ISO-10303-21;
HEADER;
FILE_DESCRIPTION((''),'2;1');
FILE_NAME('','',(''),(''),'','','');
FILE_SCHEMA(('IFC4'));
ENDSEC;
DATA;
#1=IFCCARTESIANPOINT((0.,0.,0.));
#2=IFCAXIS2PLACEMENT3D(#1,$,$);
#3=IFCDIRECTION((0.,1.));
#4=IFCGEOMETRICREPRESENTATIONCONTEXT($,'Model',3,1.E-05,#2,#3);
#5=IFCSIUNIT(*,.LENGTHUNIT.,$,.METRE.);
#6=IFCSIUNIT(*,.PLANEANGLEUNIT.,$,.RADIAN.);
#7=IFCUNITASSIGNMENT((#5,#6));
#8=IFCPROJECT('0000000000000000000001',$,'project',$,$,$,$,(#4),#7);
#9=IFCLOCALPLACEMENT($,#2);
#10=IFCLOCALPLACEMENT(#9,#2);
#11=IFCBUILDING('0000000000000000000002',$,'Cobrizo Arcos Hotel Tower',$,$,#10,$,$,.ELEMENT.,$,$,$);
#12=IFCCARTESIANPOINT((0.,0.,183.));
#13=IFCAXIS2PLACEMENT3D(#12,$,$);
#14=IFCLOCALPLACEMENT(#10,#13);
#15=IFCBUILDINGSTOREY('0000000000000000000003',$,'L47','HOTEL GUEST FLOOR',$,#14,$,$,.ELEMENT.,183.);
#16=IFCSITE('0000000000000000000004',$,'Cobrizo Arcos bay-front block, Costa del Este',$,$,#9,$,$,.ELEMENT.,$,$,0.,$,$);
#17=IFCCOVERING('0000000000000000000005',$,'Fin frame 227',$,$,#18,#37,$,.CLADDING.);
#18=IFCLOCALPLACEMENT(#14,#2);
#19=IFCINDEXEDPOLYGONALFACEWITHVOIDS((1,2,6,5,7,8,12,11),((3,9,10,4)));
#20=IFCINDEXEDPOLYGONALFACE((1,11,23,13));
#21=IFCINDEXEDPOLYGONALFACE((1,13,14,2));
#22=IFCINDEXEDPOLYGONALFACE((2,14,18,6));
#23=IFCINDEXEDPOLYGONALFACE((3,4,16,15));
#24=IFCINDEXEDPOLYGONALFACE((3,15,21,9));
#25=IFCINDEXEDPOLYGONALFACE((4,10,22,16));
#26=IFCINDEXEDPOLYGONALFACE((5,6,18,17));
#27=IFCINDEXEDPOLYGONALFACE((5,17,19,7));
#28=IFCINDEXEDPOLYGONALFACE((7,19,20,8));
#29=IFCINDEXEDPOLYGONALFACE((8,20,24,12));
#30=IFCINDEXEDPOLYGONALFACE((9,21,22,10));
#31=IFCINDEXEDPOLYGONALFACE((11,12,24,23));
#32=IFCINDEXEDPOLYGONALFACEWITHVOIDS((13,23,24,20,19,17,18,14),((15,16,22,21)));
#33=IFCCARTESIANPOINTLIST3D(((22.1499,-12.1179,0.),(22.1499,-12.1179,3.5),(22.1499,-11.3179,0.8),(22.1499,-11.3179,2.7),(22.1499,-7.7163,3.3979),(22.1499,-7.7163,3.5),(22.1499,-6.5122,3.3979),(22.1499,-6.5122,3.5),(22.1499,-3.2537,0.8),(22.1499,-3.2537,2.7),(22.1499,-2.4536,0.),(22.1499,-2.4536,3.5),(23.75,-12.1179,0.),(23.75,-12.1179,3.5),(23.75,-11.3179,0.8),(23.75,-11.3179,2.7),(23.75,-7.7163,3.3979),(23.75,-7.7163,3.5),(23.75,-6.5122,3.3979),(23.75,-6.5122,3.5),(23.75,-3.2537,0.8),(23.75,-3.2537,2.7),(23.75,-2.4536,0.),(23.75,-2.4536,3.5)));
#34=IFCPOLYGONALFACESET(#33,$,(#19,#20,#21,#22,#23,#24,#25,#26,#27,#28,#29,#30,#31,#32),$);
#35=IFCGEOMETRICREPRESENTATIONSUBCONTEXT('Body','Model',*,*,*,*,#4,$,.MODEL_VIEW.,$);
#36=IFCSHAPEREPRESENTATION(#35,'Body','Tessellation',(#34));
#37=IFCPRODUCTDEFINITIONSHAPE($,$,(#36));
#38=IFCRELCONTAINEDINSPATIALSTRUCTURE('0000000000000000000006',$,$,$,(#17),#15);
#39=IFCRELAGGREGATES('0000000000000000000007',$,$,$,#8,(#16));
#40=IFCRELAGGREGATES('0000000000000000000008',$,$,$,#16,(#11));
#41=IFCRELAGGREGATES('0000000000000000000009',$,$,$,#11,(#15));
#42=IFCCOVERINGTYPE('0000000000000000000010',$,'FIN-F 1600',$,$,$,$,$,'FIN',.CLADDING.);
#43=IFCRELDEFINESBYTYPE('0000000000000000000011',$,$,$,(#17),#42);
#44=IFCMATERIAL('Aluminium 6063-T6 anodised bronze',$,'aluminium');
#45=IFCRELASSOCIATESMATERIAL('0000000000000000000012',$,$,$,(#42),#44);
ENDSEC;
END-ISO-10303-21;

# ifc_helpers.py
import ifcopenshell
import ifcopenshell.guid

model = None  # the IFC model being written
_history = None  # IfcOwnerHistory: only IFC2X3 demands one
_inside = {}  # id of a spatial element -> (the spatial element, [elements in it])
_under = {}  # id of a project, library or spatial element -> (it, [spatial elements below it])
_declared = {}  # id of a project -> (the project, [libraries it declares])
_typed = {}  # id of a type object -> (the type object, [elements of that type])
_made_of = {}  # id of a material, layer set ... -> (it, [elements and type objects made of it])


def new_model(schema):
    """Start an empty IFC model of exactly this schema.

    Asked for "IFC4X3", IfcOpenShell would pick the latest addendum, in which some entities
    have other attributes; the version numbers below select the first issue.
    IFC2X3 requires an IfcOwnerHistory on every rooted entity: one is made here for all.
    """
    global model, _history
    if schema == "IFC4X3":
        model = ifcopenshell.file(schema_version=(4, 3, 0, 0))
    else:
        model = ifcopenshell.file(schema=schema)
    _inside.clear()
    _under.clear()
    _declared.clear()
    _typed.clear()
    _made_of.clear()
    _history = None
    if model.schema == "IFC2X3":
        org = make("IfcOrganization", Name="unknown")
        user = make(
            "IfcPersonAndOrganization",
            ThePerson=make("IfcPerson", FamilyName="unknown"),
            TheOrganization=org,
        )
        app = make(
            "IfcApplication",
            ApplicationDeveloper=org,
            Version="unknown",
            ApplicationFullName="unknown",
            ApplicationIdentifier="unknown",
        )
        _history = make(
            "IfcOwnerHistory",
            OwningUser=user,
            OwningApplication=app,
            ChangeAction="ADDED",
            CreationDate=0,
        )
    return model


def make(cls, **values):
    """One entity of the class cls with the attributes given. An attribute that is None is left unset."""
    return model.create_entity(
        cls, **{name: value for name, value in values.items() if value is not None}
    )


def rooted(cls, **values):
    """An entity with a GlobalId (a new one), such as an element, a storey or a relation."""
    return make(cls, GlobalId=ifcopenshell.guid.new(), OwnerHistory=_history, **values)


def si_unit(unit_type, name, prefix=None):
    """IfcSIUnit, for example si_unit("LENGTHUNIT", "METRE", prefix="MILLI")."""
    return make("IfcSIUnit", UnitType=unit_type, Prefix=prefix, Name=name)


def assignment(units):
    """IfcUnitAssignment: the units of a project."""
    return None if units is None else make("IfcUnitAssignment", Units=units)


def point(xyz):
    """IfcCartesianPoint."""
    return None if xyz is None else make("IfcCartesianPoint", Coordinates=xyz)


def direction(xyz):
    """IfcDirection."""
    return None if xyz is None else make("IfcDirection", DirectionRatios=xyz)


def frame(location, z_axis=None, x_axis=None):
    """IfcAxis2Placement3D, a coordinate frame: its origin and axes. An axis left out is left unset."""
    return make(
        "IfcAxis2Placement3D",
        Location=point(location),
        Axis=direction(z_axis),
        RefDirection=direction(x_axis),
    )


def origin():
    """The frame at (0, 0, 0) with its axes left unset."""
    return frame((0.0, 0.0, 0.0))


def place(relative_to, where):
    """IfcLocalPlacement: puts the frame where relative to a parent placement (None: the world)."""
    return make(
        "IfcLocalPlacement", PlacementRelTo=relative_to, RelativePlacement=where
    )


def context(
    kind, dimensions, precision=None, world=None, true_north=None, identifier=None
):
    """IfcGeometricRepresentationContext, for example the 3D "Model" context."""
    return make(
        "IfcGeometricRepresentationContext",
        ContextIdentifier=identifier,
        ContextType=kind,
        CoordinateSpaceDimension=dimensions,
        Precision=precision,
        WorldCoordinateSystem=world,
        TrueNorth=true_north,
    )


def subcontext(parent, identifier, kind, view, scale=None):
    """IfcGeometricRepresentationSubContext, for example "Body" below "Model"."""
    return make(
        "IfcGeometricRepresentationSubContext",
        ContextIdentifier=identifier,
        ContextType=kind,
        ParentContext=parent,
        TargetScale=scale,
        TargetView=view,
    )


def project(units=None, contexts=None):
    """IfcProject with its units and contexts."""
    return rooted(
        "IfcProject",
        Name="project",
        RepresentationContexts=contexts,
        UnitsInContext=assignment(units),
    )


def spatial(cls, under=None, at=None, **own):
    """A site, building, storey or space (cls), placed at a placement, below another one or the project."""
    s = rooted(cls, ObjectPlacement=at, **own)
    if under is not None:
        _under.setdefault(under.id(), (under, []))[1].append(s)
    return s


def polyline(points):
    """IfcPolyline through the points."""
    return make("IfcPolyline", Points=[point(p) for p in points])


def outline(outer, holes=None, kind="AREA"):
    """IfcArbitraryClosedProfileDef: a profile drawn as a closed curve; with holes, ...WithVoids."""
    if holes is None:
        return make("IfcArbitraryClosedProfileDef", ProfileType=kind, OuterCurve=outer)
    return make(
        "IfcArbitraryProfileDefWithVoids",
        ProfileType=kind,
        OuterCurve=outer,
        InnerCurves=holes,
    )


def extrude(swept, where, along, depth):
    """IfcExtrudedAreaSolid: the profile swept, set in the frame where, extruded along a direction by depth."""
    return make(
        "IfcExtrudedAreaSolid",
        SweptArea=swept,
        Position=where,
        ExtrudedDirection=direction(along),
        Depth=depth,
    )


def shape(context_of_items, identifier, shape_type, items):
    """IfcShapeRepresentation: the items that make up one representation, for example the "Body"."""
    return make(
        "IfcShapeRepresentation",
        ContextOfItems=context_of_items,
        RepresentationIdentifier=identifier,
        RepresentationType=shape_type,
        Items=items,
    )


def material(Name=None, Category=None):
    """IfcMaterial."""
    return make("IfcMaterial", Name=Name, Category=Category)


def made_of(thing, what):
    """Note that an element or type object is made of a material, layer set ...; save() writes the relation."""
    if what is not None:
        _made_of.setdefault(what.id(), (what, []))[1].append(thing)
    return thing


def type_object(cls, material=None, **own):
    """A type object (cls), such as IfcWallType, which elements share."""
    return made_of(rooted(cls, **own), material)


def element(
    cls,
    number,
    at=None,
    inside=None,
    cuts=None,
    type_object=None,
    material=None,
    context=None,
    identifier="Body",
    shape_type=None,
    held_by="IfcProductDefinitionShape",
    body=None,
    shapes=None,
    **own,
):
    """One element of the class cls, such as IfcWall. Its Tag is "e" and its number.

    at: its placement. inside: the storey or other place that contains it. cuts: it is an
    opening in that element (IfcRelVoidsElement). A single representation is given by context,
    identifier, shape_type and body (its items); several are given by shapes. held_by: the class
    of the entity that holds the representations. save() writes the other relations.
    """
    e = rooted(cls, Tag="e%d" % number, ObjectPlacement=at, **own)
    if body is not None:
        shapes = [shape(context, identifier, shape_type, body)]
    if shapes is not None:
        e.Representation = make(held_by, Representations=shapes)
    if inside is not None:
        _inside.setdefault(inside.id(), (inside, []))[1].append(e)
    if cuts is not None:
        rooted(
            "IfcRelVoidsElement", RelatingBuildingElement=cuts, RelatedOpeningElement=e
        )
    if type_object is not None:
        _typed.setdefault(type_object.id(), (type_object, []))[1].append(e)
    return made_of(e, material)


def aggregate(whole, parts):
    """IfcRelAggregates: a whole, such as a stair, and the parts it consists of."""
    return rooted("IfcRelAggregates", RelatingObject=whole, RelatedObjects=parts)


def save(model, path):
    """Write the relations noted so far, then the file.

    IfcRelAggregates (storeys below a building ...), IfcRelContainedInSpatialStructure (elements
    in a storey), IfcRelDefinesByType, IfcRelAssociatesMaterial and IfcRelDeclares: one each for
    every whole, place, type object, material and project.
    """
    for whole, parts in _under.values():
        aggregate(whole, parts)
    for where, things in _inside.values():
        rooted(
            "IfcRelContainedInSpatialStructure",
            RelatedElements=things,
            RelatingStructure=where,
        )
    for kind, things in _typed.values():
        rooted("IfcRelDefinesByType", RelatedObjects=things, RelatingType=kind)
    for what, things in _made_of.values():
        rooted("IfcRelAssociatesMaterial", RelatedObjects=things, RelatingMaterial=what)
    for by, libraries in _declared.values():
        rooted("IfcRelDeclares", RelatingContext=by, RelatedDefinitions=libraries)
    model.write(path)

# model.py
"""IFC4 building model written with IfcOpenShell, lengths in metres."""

from ifc_helpers import new_model, si_unit, direction, frame, origin, place, context, subcontext, project, spatial, polyline, outline, extrude, material, type_object, element, save


model = new_model("IFC4")

# Units and contexts
model_context = context("Model", 3, precision=1e-05, world=origin(), true_north=direction((0.0, 1.0)))
body_context = subcontext(model_context, "Body", "Model", "MODEL_VIEW")
ifc_project = project(units=[si_unit("LENGTHUNIT", "METRE"), si_unit("PLANEANGLEUNIT", "RADIAN")], contexts=[model_context])

# Site, building, storey
site_placement = place(None, origin())
site = spatial("IfcSite", under=ifc_project, at=site_placement, Name="Cobrizo Arcos bay-front block, Costa del Este", CompositionType="ELEMENT", RefElevation=0.0)
building_placement = place(site_placement, origin())
building = spatial("IfcBuilding", under=site, at=building_placement, Name="Cobrizo Arcos Hotel Tower", CompositionType="ELEMENT")
storey_placement = place(building_placement, frame((0.0, 0.0, 183.0)))
storey = spatial("IfcBuildingStorey", under=building, at=storey_placement, Name="L47", Description="HOTEL GUEST FLOOR", CompositionType="ELEMENT", Elevation=183.0)

# Shared definitions
ifc_material_1 = material(Name="Aluminium 6063-T6 anodised bronze", Category="aluminium")

# Covering
covering_type_1 = type_object("IfcCoveringType", Name="FIN-F 1600", ElementType="FIN", PredefinedType="CLADDING", material=ifc_material_1)
covering_1_placement = place(storey_placement, frame((22.1499, -12.1179, 0.0), z_axis=(1.0, 0.0, 0.0), x_axis=(0.0, 1.0, 0.0)))
element("IfcCovering", 1, at=covering_1_placement, inside=storey, type_object=covering_type_1, Name="Fin frame 227", PredefinedType="CLADDING", context=body_context, shape_type="SweptSolid", body=[
    extrude(outline(polyline([(9.6643, 3.5), (5.6057, 3.5), (5.6057, 3.3979), (4.4016, 3.3979), (4.4016, 3.5), (0.0, 3.5), (0.0, 0.0), (9.6643, 0.0), (9.6643, 3.5)]), holes=[polyline([(8.8643, 0.8), (0.8, 0.8), (0.8, 2.7), (8.8643, 2.7), (8.8643, 0.8)])]), origin(), (0.0, 0.0, 1.0), 1.6001),
])

save(model, "model.ifc")
